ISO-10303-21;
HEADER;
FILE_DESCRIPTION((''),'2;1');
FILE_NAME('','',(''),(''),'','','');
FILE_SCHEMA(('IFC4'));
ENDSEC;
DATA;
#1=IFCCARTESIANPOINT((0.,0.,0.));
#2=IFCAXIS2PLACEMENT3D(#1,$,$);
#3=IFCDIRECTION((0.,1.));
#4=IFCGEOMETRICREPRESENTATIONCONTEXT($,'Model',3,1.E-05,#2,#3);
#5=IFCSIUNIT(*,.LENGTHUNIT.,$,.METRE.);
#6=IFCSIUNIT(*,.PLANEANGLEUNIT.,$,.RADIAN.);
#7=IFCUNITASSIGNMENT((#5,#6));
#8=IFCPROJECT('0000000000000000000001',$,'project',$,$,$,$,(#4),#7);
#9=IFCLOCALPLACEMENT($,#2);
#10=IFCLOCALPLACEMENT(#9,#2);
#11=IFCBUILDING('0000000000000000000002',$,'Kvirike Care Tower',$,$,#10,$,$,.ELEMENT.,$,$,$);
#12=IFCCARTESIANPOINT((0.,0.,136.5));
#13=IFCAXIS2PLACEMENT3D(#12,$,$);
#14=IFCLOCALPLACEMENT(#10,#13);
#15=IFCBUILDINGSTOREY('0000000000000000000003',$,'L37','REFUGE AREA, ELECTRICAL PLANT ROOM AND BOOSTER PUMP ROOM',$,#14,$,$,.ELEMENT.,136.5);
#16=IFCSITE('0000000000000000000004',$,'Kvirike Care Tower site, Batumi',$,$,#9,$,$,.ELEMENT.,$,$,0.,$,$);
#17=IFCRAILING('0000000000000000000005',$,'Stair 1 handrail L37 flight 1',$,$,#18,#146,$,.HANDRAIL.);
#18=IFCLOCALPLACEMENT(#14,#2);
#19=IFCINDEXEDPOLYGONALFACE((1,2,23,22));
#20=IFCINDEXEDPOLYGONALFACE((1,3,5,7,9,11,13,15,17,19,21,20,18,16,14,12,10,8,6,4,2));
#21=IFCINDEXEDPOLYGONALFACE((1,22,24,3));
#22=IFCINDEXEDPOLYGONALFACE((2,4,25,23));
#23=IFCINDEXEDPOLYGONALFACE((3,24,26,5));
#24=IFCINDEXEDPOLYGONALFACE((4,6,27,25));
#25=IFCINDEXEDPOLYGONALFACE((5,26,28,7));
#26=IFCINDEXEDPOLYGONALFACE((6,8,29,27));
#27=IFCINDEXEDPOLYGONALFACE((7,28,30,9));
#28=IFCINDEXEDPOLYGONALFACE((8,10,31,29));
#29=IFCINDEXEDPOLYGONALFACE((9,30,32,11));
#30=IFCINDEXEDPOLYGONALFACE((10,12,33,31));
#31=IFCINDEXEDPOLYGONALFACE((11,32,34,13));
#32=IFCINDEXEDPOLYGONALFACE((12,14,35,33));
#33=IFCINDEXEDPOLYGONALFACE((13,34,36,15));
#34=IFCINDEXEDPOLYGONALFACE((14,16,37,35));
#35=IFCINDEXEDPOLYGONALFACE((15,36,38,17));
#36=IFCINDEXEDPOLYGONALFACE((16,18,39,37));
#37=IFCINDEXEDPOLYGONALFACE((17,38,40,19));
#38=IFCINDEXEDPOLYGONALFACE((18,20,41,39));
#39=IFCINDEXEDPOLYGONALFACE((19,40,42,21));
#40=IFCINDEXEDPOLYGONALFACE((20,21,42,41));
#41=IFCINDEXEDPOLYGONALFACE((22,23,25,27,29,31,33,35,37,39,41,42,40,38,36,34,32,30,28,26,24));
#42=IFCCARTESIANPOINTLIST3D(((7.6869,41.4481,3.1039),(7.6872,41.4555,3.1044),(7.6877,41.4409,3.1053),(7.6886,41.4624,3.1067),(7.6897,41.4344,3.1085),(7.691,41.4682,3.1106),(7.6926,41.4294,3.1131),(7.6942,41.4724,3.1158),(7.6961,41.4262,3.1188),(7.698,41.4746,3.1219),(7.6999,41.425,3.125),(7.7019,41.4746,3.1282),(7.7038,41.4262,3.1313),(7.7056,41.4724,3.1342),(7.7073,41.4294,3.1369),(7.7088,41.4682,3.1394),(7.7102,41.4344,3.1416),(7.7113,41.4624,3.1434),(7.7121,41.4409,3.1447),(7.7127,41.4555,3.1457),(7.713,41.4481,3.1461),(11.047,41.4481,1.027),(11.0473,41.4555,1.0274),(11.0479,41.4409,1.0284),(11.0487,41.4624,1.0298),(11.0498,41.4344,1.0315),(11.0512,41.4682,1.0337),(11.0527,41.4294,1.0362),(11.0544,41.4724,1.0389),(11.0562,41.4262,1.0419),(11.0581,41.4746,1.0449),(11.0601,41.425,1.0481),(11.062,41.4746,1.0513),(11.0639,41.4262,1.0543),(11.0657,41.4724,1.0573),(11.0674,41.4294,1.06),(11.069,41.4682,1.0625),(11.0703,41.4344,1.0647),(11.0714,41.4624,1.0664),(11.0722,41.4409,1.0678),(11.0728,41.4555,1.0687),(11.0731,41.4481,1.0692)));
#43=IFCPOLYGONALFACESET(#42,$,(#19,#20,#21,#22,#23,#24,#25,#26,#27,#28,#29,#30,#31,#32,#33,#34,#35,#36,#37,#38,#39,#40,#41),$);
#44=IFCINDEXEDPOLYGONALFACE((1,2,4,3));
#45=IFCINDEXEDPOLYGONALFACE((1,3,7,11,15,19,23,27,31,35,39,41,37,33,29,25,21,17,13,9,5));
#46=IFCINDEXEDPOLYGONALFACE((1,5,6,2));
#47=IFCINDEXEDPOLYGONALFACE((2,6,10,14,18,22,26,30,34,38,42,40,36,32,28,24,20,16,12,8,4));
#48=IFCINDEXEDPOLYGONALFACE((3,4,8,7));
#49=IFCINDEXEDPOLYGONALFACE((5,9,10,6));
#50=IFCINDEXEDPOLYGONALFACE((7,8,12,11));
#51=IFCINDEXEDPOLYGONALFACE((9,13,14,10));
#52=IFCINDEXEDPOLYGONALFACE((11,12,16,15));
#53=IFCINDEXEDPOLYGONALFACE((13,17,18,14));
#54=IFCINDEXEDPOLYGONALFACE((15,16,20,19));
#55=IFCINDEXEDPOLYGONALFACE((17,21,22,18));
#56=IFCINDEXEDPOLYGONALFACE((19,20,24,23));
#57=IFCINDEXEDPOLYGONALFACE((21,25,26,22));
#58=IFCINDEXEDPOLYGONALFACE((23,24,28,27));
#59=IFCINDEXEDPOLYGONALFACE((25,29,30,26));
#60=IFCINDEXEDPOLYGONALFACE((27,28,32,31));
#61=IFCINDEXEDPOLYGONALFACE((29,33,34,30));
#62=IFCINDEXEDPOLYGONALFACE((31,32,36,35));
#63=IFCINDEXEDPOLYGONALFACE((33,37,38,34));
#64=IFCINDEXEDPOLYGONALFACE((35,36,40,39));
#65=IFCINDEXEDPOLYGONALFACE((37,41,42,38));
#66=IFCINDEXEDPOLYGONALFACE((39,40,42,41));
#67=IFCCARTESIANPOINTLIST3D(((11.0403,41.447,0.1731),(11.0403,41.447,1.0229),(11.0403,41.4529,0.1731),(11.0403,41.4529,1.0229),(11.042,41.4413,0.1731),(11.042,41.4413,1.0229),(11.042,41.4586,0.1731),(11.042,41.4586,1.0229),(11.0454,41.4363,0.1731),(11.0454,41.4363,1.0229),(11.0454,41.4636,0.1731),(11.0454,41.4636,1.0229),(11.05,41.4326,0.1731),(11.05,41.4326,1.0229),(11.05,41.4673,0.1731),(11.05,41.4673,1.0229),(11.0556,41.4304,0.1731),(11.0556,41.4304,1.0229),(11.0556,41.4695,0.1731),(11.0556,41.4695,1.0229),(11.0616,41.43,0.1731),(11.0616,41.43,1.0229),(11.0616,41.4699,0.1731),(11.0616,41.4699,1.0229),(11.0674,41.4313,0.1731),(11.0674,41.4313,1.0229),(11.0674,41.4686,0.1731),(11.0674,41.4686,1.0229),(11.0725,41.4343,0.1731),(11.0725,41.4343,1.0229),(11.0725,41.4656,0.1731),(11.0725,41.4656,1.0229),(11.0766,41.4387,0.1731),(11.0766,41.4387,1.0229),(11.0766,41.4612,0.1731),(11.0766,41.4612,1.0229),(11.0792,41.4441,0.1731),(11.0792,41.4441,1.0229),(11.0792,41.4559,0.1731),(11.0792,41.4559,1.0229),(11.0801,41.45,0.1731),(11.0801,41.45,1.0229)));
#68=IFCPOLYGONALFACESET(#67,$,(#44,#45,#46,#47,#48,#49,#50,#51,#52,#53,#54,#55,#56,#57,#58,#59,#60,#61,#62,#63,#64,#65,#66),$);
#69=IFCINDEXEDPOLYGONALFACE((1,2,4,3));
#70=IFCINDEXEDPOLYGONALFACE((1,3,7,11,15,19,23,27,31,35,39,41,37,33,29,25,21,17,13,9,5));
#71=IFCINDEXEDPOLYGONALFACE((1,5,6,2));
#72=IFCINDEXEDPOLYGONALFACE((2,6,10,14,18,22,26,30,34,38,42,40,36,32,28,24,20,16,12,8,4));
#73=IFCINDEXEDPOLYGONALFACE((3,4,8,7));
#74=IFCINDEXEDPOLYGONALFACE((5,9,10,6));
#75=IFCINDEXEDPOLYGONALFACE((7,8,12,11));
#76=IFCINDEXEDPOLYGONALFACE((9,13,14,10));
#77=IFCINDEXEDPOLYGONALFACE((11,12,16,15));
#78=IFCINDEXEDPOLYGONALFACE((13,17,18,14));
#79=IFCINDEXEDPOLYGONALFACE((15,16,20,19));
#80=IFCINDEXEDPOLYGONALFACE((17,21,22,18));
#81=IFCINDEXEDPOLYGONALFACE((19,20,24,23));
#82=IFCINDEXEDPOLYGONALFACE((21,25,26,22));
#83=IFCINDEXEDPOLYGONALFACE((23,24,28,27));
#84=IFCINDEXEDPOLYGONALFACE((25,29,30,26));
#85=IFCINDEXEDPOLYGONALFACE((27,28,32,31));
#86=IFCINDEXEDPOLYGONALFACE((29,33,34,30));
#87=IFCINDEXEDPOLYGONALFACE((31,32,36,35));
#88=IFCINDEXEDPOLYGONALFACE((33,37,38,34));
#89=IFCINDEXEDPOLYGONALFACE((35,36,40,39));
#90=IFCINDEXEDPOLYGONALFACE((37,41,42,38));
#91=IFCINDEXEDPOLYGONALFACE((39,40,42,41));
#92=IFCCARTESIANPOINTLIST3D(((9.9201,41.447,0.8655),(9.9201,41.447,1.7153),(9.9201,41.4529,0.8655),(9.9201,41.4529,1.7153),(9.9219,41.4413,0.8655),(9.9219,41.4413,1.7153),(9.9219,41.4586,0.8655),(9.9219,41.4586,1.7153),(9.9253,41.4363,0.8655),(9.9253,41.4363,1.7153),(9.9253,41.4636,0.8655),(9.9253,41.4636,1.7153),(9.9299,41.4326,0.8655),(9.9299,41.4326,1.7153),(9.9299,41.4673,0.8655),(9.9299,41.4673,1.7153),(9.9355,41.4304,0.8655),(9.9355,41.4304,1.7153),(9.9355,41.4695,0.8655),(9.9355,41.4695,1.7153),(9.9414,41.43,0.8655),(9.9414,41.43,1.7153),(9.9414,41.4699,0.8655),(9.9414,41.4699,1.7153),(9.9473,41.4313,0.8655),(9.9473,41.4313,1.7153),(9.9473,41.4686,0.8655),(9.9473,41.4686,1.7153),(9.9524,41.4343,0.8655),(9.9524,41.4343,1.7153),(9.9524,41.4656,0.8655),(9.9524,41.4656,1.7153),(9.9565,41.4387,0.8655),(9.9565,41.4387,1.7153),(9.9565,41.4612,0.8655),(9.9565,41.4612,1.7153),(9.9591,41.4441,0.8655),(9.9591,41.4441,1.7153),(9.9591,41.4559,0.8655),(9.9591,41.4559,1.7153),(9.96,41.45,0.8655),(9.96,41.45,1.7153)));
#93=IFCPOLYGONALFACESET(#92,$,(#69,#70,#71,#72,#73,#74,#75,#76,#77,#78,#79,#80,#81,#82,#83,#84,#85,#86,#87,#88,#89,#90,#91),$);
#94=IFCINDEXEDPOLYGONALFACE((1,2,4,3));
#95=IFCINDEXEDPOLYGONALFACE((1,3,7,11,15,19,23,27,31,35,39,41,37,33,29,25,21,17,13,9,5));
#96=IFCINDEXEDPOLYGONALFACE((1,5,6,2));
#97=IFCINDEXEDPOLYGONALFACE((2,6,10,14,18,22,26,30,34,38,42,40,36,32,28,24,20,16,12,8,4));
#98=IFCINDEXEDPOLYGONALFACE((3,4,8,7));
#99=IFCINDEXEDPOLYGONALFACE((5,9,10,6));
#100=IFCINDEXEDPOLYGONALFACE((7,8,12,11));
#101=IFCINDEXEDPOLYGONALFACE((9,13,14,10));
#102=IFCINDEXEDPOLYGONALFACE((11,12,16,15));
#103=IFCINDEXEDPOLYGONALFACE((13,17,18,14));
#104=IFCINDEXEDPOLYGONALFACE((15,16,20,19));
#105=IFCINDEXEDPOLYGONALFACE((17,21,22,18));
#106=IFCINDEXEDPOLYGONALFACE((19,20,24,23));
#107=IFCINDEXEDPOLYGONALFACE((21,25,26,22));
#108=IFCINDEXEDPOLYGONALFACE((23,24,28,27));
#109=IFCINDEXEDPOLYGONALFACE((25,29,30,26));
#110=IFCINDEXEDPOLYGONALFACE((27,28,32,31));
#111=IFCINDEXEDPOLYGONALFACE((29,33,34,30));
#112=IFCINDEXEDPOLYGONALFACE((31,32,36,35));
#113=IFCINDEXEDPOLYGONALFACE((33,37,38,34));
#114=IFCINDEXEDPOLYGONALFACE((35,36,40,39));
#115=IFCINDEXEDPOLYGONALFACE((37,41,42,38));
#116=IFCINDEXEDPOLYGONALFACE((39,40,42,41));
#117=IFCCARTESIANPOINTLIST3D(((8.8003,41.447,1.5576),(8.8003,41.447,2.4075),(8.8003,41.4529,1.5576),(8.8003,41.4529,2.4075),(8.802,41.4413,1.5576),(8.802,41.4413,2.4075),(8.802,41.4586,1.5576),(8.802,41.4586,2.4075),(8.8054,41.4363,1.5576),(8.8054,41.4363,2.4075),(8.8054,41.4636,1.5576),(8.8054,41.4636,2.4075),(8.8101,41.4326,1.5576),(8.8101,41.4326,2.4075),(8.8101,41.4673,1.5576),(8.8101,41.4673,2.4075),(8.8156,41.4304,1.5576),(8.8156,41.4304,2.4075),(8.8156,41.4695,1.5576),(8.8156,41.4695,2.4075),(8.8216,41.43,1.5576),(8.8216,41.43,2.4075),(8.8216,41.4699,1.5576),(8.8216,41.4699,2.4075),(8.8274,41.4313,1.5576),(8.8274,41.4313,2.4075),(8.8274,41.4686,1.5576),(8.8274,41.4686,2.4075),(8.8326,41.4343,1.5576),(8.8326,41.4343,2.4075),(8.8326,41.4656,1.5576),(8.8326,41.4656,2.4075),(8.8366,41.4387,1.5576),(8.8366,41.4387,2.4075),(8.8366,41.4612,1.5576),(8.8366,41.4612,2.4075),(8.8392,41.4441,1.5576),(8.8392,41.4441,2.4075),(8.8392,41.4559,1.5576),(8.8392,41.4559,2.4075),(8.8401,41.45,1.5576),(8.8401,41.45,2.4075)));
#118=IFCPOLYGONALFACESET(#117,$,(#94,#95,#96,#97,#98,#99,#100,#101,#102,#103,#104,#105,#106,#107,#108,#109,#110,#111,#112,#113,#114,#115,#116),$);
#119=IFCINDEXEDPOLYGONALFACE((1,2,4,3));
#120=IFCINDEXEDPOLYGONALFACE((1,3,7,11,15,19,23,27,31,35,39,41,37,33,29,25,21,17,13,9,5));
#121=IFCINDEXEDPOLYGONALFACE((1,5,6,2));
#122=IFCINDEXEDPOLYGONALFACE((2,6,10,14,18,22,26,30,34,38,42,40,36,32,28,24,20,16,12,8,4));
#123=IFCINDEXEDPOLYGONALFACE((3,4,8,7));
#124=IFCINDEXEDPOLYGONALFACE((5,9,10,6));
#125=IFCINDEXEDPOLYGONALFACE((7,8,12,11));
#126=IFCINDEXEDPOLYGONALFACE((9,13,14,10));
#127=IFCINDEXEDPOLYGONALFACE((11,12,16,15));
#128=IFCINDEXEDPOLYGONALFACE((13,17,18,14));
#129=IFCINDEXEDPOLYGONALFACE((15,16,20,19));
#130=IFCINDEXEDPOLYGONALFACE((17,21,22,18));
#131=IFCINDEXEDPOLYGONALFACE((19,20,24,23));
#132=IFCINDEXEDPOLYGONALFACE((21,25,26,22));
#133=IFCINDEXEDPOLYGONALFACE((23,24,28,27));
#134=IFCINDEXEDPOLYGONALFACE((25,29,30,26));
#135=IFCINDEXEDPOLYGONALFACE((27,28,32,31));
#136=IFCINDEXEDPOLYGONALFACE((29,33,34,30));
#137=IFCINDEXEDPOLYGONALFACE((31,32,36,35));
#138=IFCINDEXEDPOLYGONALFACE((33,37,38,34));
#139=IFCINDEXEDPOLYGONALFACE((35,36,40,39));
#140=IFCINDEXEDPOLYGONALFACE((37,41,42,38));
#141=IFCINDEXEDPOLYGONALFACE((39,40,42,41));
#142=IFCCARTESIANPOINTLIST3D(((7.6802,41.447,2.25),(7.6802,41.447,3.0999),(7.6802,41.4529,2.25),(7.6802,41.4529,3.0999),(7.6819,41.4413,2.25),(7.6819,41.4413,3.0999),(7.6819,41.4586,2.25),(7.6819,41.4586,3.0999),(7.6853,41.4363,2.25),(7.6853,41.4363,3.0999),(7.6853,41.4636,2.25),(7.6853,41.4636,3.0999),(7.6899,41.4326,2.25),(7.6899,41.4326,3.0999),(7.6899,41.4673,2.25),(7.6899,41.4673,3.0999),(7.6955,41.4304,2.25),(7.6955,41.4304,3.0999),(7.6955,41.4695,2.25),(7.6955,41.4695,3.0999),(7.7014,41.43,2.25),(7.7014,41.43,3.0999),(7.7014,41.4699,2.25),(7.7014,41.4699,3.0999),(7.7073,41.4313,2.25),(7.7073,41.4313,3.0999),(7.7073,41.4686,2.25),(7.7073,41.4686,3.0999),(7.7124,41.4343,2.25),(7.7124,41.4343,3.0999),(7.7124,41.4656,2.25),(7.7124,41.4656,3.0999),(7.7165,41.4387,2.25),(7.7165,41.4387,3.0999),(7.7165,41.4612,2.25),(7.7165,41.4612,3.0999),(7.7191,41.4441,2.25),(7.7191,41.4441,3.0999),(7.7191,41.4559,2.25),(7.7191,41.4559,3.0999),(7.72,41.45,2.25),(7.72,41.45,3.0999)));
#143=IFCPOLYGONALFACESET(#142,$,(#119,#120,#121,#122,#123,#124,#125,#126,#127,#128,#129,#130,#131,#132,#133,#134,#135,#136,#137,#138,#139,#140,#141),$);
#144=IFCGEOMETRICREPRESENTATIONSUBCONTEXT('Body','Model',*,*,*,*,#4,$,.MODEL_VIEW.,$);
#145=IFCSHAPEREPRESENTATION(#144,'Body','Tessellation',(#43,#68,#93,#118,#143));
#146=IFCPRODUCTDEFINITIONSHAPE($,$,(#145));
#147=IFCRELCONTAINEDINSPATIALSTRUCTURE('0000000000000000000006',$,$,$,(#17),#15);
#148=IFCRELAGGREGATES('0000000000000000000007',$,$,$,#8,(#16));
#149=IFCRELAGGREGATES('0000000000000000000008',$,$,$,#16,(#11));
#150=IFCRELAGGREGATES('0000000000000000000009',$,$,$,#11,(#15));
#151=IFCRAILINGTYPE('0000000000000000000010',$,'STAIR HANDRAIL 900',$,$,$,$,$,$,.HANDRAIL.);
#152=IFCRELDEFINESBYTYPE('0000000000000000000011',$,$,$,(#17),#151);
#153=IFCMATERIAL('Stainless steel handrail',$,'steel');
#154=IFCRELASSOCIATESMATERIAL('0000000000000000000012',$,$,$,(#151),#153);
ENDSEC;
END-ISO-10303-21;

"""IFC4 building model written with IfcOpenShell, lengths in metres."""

from ifc_helpers import new_model, si_unit, direction, frame, origin, origin_2d, place, context, subcontext, project, spatial, circle, extrude, material, type_object, element, save


model = new_model("IFC4")

# Units and contexts
model_context = context("Model", 3, precision=1e-05, world=origin(), true_north=direction((0.0, 1.0)))
body_context = subcontext(model_context, "Body", "Model", "MODEL_VIEW")
ifc_project = project(units=[si_unit("LENGTHUNIT", "METRE"), si_unit("PLANEANGLEUNIT", "RADIAN")], contexts=[model_context])

# Site, building, storey
site_placement = place(None, origin())
site = spatial("IfcSite", under=ifc_project, at=site_placement, Name="Kvirike Care Tower site, Batumi", CompositionType="ELEMENT", RefElevation=0.0)
building_placement = place(site_placement, origin())
building = spatial("IfcBuilding", under=site, at=building_placement, Name="Kvirike Care Tower", CompositionType="ELEMENT")
storey_placement = place(building_placement, frame((0.0, 0.0, 136.5)))
storey = spatial("IfcBuildingStorey", under=building, at=storey_placement, Name="L37", Description="REFUGE AREA, ELECTRICAL PLANT ROOM AND BOOSTER PUMP ROOM", CompositionType="ELEMENT", Elevation=136.5)

# Railing
ifc_material_1 = material(Name="Stainless steel handrail", Category="steel")
railing_type = type_object("IfcRailingType", Name="STAIR HANDRAIL 900", PredefinedType="HANDRAIL", material=ifc_material_1)
railing_1_placement = place(storey_placement, frame((11.0601, 41.45, 0.1731)))
element("IfcRailing", 1, at=railing_1_placement, inside=storey, type_object=railing_type, Name="Stair 1 handrail L37 flight 1", PredefinedType="HANDRAIL", context=body_context, shape_type="SweptSolid", body=[
    extrude(circle(Radius=0.0249, at=origin_2d()), frame((0.0, 0.0, 0.875), z_axis=(-0.850623, 0.0, 0.525776), x_axis=(0.0, -1.0, 0.0)), (0.0, 0.0, 1.0), 3.9502),
    extrude(circle(Radius=0.02, at=origin_2d()), origin(), (0.0, 0.0, 1.0), 0.8499),
    extrude(circle(Radius=0.02, at=origin_2d()), frame((-1.1201, 0.0, 0.6924)), (0.0, 0.0, 1.0), 0.8499),
    extrude(circle(Radius=0.02, at=origin_2d()), frame((-2.24, 0.0, 1.3845)), (0.0, 0.0, 1.0), 0.8499),
    extrude(circle(Radius=0.02, at=origin_2d()), frame((-3.3601, 0.0, 2.0769)), (0.0, 0.0, 1.0), 0.8499),
])

save(model, "model.ifc")
